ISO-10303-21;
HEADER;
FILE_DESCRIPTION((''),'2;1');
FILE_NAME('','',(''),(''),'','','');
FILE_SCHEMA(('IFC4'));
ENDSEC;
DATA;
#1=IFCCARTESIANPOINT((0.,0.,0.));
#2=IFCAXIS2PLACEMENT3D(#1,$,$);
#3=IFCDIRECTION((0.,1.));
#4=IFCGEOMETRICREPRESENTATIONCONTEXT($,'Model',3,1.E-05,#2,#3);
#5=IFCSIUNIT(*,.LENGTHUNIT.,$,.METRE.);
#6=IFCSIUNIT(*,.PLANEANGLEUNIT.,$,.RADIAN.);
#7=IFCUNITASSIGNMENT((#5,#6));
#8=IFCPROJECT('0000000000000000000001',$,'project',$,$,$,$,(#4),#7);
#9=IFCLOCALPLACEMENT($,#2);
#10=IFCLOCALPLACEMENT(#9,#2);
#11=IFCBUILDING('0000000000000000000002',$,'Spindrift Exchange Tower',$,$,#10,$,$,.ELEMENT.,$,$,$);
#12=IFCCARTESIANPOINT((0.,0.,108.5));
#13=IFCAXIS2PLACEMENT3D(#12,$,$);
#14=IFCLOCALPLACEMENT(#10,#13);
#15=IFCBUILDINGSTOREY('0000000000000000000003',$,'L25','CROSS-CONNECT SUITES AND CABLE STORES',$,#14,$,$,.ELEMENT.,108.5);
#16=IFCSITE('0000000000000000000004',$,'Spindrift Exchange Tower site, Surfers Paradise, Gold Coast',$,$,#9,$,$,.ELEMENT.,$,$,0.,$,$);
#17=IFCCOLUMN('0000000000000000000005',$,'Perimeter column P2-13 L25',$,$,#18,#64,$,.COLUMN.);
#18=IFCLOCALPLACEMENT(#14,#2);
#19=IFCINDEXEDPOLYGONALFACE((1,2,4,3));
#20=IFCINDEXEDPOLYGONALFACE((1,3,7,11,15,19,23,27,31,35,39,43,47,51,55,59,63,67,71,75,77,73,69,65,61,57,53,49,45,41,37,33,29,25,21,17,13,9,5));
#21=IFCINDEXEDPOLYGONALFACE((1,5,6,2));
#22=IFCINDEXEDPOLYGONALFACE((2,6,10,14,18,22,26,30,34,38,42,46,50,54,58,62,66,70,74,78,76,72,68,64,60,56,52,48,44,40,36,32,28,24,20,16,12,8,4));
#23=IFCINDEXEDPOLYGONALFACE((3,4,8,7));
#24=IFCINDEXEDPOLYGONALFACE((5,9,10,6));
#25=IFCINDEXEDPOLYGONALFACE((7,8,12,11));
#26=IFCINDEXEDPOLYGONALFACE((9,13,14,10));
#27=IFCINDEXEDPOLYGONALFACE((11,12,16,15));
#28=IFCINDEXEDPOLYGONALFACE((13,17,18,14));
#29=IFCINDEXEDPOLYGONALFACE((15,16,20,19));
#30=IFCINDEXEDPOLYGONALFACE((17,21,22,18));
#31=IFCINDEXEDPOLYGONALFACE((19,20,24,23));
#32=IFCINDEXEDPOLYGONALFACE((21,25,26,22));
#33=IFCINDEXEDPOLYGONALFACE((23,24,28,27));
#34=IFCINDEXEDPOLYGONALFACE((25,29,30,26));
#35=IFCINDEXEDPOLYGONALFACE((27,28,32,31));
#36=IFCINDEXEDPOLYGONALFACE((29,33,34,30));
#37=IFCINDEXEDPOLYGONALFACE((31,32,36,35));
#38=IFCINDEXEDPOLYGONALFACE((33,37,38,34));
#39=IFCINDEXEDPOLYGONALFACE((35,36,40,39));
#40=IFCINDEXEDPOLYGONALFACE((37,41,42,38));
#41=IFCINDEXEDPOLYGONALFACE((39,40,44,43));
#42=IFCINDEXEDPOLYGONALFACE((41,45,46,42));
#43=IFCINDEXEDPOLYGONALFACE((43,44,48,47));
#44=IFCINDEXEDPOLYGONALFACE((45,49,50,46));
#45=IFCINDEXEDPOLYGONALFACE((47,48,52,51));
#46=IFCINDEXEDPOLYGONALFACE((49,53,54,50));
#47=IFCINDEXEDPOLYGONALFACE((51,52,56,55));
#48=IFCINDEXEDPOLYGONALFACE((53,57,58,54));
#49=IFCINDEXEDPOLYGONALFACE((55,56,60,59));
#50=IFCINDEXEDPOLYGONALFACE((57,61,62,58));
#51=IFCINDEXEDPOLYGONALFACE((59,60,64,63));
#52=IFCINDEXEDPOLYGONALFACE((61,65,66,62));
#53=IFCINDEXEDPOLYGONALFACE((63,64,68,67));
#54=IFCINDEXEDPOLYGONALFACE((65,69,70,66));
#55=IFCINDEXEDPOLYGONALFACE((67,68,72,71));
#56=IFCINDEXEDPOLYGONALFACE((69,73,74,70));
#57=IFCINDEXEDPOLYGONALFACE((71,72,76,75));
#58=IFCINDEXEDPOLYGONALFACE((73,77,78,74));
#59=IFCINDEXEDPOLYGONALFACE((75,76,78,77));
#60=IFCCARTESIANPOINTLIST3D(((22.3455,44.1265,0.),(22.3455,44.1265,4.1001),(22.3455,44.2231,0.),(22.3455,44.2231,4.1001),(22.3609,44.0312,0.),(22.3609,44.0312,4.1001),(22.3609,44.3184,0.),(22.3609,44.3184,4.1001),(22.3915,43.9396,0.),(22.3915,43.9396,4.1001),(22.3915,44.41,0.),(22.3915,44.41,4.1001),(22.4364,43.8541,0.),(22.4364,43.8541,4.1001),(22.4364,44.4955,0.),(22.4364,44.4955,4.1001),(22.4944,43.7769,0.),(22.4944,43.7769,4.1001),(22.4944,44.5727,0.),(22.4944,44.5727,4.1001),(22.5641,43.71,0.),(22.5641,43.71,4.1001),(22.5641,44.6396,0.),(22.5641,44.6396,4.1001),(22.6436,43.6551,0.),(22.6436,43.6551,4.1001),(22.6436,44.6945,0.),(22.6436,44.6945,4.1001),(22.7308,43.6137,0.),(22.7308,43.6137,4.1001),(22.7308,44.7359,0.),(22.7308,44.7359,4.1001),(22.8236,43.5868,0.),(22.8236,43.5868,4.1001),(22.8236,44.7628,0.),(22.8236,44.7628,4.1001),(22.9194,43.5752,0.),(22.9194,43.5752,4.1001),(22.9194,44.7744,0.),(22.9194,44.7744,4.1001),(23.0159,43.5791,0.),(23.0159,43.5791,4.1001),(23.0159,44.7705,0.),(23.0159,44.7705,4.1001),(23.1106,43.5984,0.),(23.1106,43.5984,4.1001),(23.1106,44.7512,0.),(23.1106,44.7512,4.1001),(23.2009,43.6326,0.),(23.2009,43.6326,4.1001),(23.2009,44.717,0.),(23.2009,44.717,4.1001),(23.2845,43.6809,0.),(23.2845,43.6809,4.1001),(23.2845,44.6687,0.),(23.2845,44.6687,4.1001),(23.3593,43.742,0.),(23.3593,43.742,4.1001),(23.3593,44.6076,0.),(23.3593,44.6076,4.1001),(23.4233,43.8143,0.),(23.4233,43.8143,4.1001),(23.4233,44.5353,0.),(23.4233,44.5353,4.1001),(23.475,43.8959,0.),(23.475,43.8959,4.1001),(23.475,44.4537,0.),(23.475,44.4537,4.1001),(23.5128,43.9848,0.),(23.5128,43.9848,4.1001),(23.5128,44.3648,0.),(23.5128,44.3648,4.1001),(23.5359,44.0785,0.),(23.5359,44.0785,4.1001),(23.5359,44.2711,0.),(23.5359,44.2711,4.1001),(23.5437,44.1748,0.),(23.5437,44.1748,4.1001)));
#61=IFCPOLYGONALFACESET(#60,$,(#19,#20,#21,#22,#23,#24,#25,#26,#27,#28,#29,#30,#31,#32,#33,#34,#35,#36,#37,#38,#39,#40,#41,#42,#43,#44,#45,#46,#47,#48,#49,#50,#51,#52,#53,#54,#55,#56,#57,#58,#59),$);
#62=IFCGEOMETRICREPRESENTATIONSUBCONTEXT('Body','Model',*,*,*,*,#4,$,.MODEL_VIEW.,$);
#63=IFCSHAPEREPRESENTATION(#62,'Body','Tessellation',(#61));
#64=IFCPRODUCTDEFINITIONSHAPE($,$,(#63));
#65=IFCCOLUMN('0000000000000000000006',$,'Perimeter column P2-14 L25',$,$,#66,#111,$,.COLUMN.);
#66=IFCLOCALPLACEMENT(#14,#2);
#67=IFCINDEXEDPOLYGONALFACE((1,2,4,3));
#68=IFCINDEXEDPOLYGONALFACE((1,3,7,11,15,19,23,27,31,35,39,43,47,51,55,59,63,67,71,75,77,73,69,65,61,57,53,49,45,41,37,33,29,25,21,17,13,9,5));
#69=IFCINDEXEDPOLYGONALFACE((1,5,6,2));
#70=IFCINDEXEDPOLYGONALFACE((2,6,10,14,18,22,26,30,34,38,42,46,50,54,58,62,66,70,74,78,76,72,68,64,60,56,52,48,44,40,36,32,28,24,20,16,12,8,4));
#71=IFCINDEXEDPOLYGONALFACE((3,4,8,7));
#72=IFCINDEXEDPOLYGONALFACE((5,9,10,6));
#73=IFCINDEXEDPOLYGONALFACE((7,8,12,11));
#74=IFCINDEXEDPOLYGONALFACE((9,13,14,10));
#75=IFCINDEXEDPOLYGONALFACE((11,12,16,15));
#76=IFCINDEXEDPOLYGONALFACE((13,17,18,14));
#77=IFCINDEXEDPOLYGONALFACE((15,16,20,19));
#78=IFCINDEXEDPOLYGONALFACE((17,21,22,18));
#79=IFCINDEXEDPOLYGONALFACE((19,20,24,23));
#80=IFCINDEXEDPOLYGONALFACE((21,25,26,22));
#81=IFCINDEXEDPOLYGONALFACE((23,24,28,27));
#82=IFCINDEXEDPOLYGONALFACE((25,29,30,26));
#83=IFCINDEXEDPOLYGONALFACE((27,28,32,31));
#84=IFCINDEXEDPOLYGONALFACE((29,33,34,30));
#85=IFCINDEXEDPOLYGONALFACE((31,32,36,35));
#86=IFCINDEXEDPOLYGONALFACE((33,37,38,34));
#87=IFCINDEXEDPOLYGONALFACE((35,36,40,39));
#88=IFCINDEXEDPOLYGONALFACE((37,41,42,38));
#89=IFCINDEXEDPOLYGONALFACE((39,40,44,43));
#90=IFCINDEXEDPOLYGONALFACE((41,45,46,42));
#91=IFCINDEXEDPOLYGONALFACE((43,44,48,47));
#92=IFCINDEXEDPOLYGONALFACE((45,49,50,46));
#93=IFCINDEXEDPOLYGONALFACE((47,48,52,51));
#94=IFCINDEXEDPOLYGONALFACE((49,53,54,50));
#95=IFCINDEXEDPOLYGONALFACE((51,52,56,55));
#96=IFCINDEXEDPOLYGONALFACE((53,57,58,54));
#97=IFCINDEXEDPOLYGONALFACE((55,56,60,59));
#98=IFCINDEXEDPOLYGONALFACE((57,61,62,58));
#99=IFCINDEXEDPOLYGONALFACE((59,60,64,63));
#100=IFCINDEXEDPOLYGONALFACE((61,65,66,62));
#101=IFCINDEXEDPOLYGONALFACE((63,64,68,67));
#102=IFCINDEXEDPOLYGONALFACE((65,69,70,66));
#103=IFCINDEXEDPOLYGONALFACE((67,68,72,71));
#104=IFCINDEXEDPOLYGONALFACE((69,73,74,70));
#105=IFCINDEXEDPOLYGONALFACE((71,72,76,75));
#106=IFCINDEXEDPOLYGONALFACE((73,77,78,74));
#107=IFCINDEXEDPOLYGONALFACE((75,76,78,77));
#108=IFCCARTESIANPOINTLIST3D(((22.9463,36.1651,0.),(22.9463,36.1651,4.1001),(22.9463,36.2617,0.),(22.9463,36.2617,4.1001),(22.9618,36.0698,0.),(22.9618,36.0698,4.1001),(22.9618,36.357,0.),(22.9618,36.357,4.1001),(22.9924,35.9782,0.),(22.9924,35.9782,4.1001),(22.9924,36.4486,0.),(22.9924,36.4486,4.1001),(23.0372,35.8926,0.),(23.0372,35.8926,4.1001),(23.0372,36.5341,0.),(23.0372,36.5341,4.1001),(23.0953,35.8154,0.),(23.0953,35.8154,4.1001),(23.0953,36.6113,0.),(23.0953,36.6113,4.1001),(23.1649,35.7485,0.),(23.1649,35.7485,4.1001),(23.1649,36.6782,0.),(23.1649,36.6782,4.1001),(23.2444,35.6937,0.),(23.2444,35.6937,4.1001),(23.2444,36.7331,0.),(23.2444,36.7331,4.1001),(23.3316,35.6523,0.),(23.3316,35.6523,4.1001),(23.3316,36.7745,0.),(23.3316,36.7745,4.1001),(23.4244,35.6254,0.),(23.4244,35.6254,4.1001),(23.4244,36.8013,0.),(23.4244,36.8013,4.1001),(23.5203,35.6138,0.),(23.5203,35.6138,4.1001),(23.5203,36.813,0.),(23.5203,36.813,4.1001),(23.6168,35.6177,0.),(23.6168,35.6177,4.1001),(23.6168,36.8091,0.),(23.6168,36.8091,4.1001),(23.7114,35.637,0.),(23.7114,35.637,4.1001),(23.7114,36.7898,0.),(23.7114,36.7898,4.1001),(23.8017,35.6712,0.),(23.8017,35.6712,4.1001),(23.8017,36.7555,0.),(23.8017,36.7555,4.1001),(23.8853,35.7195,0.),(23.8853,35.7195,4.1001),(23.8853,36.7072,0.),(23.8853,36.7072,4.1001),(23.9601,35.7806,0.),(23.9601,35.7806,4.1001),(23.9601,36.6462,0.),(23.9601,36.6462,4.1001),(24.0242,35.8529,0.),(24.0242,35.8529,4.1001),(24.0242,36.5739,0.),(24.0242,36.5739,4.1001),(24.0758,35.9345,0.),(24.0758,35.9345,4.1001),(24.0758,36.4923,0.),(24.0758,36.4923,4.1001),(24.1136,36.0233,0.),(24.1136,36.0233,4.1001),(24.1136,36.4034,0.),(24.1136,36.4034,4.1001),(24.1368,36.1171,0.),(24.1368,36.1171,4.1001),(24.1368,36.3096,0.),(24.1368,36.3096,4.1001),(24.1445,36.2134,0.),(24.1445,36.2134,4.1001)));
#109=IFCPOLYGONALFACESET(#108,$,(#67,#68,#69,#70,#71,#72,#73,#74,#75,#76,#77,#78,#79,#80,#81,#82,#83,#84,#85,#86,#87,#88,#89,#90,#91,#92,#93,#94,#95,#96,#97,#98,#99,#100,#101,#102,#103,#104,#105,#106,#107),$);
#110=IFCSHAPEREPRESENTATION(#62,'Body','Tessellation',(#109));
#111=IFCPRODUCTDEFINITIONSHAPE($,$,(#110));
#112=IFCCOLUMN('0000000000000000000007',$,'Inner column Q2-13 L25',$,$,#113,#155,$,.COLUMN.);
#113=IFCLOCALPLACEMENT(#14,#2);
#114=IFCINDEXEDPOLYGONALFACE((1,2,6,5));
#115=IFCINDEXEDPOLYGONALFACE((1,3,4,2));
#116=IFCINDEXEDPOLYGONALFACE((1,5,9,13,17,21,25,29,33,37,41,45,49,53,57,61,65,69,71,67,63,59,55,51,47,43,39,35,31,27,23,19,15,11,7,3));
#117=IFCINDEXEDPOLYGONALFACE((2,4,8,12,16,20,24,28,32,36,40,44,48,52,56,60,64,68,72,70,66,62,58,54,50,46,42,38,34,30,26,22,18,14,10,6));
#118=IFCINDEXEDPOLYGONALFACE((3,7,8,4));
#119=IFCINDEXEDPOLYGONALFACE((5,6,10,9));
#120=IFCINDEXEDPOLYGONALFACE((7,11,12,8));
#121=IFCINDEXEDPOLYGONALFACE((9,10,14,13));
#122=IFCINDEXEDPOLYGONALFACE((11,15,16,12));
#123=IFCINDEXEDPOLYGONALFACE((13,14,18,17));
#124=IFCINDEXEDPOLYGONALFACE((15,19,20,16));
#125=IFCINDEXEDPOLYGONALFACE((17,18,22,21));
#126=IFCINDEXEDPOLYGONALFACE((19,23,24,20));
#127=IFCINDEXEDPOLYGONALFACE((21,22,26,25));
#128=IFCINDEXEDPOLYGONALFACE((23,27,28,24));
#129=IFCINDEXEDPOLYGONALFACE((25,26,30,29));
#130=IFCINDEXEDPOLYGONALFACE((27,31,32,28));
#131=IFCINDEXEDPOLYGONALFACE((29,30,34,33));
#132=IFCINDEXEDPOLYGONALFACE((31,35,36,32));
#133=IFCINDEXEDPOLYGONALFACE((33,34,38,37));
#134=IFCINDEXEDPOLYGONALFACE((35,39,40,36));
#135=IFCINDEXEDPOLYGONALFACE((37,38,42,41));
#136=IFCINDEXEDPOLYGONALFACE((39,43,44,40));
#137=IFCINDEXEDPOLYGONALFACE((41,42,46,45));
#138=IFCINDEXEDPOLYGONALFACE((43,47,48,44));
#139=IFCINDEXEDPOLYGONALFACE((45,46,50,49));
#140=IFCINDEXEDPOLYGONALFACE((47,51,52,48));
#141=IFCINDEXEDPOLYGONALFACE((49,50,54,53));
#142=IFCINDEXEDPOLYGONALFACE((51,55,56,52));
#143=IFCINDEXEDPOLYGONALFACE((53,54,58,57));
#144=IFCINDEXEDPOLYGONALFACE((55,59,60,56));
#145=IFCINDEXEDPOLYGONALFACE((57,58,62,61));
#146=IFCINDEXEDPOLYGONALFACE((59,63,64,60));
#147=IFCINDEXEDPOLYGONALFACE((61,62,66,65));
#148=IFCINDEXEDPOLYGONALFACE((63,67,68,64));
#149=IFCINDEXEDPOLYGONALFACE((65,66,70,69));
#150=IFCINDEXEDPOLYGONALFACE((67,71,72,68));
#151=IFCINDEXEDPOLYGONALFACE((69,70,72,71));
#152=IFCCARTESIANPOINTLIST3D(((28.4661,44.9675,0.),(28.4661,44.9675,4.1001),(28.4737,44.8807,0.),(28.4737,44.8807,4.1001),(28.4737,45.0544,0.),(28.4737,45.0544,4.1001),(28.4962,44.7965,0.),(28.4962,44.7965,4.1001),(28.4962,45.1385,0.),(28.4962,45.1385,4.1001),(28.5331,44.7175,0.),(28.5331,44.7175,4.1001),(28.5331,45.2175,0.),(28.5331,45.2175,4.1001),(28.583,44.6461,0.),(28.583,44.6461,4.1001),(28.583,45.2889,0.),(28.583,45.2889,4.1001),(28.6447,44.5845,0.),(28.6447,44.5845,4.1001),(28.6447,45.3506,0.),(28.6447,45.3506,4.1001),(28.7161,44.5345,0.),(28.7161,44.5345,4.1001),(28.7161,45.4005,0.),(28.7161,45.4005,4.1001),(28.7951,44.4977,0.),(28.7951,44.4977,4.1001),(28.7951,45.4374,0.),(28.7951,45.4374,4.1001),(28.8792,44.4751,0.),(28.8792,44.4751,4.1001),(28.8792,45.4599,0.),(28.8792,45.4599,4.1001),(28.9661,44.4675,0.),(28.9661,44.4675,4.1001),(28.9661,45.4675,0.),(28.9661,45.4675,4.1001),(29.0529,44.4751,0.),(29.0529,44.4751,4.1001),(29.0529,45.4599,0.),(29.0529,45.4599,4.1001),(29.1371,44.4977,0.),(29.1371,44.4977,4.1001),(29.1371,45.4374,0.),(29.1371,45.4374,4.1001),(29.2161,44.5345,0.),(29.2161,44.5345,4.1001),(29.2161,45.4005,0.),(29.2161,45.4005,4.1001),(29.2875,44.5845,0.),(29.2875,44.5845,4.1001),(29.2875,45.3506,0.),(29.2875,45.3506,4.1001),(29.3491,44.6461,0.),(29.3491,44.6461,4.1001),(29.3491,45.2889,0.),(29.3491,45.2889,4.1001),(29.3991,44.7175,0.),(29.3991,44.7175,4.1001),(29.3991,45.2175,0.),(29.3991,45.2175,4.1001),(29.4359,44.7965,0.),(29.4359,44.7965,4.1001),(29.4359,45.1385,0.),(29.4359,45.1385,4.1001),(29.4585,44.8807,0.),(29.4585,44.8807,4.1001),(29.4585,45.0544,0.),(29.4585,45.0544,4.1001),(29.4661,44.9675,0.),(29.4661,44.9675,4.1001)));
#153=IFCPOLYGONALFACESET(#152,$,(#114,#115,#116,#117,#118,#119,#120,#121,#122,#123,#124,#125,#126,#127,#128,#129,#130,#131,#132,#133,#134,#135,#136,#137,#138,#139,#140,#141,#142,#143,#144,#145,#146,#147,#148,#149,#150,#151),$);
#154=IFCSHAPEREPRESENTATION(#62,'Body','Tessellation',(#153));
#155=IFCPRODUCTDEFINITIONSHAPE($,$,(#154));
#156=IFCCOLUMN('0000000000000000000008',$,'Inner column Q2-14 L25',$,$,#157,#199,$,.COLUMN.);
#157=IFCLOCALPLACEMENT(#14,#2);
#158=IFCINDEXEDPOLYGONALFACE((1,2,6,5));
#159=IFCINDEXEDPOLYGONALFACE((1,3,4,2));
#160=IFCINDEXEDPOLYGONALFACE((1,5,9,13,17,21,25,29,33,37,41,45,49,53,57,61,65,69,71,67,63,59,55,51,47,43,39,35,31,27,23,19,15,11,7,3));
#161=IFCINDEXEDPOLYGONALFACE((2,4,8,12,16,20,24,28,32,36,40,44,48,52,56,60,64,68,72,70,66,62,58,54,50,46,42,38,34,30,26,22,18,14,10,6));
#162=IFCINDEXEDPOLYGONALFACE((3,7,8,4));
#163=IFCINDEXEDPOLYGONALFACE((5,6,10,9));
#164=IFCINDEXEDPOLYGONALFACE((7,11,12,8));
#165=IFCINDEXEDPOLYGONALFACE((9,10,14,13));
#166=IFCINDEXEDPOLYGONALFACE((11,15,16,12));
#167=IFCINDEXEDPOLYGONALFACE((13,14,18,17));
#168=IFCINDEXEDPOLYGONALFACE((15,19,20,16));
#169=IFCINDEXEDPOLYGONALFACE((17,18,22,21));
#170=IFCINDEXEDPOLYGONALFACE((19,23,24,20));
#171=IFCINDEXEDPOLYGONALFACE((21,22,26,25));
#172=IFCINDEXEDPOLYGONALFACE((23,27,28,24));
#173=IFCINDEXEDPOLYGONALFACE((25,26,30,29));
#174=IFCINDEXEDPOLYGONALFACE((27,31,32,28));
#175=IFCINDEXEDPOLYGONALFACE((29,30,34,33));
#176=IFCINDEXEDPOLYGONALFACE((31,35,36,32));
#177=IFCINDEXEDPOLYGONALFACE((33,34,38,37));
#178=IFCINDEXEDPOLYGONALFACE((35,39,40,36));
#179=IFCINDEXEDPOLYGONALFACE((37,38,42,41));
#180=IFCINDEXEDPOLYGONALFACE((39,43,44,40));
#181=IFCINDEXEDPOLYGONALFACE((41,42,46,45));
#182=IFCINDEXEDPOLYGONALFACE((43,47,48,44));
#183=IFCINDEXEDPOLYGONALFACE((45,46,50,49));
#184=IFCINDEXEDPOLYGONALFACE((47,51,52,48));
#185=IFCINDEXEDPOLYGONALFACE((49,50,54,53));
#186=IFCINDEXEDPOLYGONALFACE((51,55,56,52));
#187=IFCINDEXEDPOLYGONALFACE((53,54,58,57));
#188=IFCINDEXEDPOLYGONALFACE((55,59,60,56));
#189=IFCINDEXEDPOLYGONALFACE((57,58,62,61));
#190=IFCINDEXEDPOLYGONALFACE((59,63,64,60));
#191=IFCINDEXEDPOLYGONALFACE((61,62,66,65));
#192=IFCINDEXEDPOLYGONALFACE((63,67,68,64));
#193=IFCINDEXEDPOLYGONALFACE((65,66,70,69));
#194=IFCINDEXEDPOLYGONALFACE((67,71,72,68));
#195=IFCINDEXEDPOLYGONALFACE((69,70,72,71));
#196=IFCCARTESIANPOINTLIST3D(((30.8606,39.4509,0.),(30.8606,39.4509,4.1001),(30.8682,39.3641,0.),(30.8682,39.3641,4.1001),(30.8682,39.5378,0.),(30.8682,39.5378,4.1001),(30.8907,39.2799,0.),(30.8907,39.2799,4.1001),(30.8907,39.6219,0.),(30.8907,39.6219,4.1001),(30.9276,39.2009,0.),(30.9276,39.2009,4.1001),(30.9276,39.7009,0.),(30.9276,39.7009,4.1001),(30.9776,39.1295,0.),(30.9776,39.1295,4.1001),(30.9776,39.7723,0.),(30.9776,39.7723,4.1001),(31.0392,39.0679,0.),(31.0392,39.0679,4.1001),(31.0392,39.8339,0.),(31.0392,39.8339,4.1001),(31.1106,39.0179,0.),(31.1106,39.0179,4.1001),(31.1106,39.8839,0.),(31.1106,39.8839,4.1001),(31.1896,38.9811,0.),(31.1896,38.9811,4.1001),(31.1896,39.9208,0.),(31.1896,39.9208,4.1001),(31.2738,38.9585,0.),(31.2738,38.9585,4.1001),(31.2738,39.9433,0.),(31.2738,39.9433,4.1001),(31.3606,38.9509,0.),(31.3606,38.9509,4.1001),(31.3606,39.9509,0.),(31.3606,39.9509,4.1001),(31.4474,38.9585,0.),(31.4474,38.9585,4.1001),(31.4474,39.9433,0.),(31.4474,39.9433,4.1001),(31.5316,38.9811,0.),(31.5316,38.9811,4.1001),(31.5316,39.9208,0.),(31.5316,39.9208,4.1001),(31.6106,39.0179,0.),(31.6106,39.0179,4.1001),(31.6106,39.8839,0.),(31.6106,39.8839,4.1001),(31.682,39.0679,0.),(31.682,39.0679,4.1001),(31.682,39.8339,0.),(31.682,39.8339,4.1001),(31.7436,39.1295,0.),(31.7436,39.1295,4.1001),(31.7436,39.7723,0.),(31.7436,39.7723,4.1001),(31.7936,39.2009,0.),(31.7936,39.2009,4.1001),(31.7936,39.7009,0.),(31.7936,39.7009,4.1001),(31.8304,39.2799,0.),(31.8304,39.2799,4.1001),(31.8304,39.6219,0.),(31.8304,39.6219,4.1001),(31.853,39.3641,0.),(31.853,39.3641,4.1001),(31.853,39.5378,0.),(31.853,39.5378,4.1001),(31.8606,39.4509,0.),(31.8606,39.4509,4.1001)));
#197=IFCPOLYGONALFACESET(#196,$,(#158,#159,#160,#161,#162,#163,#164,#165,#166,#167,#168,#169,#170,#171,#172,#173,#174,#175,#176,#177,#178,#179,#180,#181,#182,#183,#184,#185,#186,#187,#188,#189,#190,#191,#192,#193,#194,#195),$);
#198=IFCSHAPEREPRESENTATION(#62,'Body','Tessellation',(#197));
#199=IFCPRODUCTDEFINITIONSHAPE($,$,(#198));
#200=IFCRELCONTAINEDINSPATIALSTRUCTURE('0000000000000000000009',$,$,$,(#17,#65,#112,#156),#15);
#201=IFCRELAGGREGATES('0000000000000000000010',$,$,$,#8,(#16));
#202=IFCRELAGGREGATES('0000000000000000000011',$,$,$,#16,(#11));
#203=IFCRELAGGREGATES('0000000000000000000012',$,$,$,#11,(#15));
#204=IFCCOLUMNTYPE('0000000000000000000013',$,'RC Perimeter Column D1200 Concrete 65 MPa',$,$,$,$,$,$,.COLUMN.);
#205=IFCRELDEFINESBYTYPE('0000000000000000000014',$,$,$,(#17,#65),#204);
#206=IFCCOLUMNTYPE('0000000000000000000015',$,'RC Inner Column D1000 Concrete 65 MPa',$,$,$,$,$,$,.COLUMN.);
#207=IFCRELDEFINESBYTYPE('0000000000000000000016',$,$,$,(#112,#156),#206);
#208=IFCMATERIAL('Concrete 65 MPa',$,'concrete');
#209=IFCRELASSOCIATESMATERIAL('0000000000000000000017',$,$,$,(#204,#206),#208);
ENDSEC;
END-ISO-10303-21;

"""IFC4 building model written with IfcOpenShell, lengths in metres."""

from ifc_helpers import new_model, si_unit, direction, frame, origin, origin_2d, place, context, subcontext, project, spatial, circle, extrude, source, transform, mapped, material, material_profile, profile_set, type_object, element, save


model = new_model("IFC4")

# Units and contexts
model_context = context("Model", 3, precision=1e-05, world=origin(), true_north=direction((0.0, 1.0)))
body_context = subcontext(model_context, "Body", "Model", "MODEL_VIEW")
ifc_project = project(units=[si_unit("LENGTHUNIT", "METRE"), si_unit("PLANEANGLEUNIT", "RADIAN")], contexts=[model_context])

# Site, building, storey
site_placement = place(None, origin())
site = spatial("IfcSite", under=ifc_project, at=site_placement, Name="Spindrift Exchange Tower site, Surfers Paradise, Gold Coast", CompositionType="ELEMENT", RefElevation=0.0)
building_placement = place(site_placement, origin())
building = spatial("IfcBuilding", under=site, at=building_placement, Name="Spindrift Exchange Tower", CompositionType="ELEMENT")
storey_placement = place(building_placement, frame((0.0, 0.0, 108.5)))
storey = spatial("IfcBuildingStorey", under=building, at=storey_placement, Name="L25", Description="CROSS-CONNECT SUITES AND CABLE STORES", CompositionType="ELEMENT", Elevation=108.5)

# Columns
ifc_material_1 = material(Name="Concrete 65 MPa", Category="concrete")
ifc_material_profile_1 = material_profile(ifc_material_1, circle(Radius=0.6001, at=origin_2d()), Name="RC D1200")
ifc_profile_set_1 = profile_set([ifc_material_profile_1], Name="Concrete 65 MPa")
column_type_1 = type_object("IfcColumnType", Name="RC Perimeter Column D1200 Concrete 65 MPa", PredefinedType="COLUMN", material=ifc_profile_set_1)
shared_shape_1 = source(origin(), body_context, "Body", "SweptSolid", [
    extrude(circle(Radius=0.6001, at=origin_2d()), origin(), (0.0, 0.0, 1.0), 4.1001),
])
for number, where, z_axis, x_axis, name in (
    (1, (22.9436, 44.1748, 0.0), (0.0, 0.0, 1.0), (1.0, 0.0, 0.0), "Perimeter column P2-13 L25"),
    (2, (23.5444, 36.2134, 0.0), (0.0, 0.0, 1.0), (1.0, 0.0, 0.0), "Perimeter column P2-14 L25"),
):
    element("IfcColumn", number, at=place(storey_placement, frame(where, z_axis=z_axis, x_axis=x_axis)), inside=storey, type_object=column_type_1, Name=name, PredefinedType="COLUMN", context=body_context, shape_type="MappedRepresentation", body=[
        mapped(shared_shape_1, transform((0.0, 0.0, 0.0), scale=1.0)),
    ])
ifc_material_profile_2 = material_profile(ifc_material_1, circle(Radius=0.5, at=origin_2d()), Name="RC D1000")
ifc_profile_set_2 = profile_set([ifc_material_profile_2], Name="Concrete 65 MPa")
column_type_2 = type_object("IfcColumnType", Name="RC Inner Column D1000 Concrete 65 MPa", PredefinedType="COLUMN", material=ifc_profile_set_2)
shared_shape_2 = source(origin(), body_context, "Body", "SweptSolid", [
    extrude(circle(Radius=0.5, at=origin_2d()), origin(), (0.0, 0.0, 1.0), 4.1001),
])
for number, where, z_axis, x_axis, name in (
    (3, (28.9661, 44.9675, 0.0), (0.0, 0.0, 1.0), (1.0, 0.0, 0.0), "Inner column Q2-13 L25"),
    (4, (31.3606, 39.4509, 0.0), (0.0, 0.0, 1.0), (1.0, 0.0, 0.0), "Inner column Q2-14 L25"),
):
    element("IfcColumn", number, at=place(storey_placement, frame(where, z_axis=z_axis, x_axis=x_axis)), inside=storey, type_object=column_type_2, Name=name, PredefinedType="COLUMN", context=body_context, shape_type="MappedRepresentation", body=[
        mapped(shared_shape_2, transform((0.0, 0.0, 0.0), scale=1.0)),
    ])

save(model, "model.ifc")
